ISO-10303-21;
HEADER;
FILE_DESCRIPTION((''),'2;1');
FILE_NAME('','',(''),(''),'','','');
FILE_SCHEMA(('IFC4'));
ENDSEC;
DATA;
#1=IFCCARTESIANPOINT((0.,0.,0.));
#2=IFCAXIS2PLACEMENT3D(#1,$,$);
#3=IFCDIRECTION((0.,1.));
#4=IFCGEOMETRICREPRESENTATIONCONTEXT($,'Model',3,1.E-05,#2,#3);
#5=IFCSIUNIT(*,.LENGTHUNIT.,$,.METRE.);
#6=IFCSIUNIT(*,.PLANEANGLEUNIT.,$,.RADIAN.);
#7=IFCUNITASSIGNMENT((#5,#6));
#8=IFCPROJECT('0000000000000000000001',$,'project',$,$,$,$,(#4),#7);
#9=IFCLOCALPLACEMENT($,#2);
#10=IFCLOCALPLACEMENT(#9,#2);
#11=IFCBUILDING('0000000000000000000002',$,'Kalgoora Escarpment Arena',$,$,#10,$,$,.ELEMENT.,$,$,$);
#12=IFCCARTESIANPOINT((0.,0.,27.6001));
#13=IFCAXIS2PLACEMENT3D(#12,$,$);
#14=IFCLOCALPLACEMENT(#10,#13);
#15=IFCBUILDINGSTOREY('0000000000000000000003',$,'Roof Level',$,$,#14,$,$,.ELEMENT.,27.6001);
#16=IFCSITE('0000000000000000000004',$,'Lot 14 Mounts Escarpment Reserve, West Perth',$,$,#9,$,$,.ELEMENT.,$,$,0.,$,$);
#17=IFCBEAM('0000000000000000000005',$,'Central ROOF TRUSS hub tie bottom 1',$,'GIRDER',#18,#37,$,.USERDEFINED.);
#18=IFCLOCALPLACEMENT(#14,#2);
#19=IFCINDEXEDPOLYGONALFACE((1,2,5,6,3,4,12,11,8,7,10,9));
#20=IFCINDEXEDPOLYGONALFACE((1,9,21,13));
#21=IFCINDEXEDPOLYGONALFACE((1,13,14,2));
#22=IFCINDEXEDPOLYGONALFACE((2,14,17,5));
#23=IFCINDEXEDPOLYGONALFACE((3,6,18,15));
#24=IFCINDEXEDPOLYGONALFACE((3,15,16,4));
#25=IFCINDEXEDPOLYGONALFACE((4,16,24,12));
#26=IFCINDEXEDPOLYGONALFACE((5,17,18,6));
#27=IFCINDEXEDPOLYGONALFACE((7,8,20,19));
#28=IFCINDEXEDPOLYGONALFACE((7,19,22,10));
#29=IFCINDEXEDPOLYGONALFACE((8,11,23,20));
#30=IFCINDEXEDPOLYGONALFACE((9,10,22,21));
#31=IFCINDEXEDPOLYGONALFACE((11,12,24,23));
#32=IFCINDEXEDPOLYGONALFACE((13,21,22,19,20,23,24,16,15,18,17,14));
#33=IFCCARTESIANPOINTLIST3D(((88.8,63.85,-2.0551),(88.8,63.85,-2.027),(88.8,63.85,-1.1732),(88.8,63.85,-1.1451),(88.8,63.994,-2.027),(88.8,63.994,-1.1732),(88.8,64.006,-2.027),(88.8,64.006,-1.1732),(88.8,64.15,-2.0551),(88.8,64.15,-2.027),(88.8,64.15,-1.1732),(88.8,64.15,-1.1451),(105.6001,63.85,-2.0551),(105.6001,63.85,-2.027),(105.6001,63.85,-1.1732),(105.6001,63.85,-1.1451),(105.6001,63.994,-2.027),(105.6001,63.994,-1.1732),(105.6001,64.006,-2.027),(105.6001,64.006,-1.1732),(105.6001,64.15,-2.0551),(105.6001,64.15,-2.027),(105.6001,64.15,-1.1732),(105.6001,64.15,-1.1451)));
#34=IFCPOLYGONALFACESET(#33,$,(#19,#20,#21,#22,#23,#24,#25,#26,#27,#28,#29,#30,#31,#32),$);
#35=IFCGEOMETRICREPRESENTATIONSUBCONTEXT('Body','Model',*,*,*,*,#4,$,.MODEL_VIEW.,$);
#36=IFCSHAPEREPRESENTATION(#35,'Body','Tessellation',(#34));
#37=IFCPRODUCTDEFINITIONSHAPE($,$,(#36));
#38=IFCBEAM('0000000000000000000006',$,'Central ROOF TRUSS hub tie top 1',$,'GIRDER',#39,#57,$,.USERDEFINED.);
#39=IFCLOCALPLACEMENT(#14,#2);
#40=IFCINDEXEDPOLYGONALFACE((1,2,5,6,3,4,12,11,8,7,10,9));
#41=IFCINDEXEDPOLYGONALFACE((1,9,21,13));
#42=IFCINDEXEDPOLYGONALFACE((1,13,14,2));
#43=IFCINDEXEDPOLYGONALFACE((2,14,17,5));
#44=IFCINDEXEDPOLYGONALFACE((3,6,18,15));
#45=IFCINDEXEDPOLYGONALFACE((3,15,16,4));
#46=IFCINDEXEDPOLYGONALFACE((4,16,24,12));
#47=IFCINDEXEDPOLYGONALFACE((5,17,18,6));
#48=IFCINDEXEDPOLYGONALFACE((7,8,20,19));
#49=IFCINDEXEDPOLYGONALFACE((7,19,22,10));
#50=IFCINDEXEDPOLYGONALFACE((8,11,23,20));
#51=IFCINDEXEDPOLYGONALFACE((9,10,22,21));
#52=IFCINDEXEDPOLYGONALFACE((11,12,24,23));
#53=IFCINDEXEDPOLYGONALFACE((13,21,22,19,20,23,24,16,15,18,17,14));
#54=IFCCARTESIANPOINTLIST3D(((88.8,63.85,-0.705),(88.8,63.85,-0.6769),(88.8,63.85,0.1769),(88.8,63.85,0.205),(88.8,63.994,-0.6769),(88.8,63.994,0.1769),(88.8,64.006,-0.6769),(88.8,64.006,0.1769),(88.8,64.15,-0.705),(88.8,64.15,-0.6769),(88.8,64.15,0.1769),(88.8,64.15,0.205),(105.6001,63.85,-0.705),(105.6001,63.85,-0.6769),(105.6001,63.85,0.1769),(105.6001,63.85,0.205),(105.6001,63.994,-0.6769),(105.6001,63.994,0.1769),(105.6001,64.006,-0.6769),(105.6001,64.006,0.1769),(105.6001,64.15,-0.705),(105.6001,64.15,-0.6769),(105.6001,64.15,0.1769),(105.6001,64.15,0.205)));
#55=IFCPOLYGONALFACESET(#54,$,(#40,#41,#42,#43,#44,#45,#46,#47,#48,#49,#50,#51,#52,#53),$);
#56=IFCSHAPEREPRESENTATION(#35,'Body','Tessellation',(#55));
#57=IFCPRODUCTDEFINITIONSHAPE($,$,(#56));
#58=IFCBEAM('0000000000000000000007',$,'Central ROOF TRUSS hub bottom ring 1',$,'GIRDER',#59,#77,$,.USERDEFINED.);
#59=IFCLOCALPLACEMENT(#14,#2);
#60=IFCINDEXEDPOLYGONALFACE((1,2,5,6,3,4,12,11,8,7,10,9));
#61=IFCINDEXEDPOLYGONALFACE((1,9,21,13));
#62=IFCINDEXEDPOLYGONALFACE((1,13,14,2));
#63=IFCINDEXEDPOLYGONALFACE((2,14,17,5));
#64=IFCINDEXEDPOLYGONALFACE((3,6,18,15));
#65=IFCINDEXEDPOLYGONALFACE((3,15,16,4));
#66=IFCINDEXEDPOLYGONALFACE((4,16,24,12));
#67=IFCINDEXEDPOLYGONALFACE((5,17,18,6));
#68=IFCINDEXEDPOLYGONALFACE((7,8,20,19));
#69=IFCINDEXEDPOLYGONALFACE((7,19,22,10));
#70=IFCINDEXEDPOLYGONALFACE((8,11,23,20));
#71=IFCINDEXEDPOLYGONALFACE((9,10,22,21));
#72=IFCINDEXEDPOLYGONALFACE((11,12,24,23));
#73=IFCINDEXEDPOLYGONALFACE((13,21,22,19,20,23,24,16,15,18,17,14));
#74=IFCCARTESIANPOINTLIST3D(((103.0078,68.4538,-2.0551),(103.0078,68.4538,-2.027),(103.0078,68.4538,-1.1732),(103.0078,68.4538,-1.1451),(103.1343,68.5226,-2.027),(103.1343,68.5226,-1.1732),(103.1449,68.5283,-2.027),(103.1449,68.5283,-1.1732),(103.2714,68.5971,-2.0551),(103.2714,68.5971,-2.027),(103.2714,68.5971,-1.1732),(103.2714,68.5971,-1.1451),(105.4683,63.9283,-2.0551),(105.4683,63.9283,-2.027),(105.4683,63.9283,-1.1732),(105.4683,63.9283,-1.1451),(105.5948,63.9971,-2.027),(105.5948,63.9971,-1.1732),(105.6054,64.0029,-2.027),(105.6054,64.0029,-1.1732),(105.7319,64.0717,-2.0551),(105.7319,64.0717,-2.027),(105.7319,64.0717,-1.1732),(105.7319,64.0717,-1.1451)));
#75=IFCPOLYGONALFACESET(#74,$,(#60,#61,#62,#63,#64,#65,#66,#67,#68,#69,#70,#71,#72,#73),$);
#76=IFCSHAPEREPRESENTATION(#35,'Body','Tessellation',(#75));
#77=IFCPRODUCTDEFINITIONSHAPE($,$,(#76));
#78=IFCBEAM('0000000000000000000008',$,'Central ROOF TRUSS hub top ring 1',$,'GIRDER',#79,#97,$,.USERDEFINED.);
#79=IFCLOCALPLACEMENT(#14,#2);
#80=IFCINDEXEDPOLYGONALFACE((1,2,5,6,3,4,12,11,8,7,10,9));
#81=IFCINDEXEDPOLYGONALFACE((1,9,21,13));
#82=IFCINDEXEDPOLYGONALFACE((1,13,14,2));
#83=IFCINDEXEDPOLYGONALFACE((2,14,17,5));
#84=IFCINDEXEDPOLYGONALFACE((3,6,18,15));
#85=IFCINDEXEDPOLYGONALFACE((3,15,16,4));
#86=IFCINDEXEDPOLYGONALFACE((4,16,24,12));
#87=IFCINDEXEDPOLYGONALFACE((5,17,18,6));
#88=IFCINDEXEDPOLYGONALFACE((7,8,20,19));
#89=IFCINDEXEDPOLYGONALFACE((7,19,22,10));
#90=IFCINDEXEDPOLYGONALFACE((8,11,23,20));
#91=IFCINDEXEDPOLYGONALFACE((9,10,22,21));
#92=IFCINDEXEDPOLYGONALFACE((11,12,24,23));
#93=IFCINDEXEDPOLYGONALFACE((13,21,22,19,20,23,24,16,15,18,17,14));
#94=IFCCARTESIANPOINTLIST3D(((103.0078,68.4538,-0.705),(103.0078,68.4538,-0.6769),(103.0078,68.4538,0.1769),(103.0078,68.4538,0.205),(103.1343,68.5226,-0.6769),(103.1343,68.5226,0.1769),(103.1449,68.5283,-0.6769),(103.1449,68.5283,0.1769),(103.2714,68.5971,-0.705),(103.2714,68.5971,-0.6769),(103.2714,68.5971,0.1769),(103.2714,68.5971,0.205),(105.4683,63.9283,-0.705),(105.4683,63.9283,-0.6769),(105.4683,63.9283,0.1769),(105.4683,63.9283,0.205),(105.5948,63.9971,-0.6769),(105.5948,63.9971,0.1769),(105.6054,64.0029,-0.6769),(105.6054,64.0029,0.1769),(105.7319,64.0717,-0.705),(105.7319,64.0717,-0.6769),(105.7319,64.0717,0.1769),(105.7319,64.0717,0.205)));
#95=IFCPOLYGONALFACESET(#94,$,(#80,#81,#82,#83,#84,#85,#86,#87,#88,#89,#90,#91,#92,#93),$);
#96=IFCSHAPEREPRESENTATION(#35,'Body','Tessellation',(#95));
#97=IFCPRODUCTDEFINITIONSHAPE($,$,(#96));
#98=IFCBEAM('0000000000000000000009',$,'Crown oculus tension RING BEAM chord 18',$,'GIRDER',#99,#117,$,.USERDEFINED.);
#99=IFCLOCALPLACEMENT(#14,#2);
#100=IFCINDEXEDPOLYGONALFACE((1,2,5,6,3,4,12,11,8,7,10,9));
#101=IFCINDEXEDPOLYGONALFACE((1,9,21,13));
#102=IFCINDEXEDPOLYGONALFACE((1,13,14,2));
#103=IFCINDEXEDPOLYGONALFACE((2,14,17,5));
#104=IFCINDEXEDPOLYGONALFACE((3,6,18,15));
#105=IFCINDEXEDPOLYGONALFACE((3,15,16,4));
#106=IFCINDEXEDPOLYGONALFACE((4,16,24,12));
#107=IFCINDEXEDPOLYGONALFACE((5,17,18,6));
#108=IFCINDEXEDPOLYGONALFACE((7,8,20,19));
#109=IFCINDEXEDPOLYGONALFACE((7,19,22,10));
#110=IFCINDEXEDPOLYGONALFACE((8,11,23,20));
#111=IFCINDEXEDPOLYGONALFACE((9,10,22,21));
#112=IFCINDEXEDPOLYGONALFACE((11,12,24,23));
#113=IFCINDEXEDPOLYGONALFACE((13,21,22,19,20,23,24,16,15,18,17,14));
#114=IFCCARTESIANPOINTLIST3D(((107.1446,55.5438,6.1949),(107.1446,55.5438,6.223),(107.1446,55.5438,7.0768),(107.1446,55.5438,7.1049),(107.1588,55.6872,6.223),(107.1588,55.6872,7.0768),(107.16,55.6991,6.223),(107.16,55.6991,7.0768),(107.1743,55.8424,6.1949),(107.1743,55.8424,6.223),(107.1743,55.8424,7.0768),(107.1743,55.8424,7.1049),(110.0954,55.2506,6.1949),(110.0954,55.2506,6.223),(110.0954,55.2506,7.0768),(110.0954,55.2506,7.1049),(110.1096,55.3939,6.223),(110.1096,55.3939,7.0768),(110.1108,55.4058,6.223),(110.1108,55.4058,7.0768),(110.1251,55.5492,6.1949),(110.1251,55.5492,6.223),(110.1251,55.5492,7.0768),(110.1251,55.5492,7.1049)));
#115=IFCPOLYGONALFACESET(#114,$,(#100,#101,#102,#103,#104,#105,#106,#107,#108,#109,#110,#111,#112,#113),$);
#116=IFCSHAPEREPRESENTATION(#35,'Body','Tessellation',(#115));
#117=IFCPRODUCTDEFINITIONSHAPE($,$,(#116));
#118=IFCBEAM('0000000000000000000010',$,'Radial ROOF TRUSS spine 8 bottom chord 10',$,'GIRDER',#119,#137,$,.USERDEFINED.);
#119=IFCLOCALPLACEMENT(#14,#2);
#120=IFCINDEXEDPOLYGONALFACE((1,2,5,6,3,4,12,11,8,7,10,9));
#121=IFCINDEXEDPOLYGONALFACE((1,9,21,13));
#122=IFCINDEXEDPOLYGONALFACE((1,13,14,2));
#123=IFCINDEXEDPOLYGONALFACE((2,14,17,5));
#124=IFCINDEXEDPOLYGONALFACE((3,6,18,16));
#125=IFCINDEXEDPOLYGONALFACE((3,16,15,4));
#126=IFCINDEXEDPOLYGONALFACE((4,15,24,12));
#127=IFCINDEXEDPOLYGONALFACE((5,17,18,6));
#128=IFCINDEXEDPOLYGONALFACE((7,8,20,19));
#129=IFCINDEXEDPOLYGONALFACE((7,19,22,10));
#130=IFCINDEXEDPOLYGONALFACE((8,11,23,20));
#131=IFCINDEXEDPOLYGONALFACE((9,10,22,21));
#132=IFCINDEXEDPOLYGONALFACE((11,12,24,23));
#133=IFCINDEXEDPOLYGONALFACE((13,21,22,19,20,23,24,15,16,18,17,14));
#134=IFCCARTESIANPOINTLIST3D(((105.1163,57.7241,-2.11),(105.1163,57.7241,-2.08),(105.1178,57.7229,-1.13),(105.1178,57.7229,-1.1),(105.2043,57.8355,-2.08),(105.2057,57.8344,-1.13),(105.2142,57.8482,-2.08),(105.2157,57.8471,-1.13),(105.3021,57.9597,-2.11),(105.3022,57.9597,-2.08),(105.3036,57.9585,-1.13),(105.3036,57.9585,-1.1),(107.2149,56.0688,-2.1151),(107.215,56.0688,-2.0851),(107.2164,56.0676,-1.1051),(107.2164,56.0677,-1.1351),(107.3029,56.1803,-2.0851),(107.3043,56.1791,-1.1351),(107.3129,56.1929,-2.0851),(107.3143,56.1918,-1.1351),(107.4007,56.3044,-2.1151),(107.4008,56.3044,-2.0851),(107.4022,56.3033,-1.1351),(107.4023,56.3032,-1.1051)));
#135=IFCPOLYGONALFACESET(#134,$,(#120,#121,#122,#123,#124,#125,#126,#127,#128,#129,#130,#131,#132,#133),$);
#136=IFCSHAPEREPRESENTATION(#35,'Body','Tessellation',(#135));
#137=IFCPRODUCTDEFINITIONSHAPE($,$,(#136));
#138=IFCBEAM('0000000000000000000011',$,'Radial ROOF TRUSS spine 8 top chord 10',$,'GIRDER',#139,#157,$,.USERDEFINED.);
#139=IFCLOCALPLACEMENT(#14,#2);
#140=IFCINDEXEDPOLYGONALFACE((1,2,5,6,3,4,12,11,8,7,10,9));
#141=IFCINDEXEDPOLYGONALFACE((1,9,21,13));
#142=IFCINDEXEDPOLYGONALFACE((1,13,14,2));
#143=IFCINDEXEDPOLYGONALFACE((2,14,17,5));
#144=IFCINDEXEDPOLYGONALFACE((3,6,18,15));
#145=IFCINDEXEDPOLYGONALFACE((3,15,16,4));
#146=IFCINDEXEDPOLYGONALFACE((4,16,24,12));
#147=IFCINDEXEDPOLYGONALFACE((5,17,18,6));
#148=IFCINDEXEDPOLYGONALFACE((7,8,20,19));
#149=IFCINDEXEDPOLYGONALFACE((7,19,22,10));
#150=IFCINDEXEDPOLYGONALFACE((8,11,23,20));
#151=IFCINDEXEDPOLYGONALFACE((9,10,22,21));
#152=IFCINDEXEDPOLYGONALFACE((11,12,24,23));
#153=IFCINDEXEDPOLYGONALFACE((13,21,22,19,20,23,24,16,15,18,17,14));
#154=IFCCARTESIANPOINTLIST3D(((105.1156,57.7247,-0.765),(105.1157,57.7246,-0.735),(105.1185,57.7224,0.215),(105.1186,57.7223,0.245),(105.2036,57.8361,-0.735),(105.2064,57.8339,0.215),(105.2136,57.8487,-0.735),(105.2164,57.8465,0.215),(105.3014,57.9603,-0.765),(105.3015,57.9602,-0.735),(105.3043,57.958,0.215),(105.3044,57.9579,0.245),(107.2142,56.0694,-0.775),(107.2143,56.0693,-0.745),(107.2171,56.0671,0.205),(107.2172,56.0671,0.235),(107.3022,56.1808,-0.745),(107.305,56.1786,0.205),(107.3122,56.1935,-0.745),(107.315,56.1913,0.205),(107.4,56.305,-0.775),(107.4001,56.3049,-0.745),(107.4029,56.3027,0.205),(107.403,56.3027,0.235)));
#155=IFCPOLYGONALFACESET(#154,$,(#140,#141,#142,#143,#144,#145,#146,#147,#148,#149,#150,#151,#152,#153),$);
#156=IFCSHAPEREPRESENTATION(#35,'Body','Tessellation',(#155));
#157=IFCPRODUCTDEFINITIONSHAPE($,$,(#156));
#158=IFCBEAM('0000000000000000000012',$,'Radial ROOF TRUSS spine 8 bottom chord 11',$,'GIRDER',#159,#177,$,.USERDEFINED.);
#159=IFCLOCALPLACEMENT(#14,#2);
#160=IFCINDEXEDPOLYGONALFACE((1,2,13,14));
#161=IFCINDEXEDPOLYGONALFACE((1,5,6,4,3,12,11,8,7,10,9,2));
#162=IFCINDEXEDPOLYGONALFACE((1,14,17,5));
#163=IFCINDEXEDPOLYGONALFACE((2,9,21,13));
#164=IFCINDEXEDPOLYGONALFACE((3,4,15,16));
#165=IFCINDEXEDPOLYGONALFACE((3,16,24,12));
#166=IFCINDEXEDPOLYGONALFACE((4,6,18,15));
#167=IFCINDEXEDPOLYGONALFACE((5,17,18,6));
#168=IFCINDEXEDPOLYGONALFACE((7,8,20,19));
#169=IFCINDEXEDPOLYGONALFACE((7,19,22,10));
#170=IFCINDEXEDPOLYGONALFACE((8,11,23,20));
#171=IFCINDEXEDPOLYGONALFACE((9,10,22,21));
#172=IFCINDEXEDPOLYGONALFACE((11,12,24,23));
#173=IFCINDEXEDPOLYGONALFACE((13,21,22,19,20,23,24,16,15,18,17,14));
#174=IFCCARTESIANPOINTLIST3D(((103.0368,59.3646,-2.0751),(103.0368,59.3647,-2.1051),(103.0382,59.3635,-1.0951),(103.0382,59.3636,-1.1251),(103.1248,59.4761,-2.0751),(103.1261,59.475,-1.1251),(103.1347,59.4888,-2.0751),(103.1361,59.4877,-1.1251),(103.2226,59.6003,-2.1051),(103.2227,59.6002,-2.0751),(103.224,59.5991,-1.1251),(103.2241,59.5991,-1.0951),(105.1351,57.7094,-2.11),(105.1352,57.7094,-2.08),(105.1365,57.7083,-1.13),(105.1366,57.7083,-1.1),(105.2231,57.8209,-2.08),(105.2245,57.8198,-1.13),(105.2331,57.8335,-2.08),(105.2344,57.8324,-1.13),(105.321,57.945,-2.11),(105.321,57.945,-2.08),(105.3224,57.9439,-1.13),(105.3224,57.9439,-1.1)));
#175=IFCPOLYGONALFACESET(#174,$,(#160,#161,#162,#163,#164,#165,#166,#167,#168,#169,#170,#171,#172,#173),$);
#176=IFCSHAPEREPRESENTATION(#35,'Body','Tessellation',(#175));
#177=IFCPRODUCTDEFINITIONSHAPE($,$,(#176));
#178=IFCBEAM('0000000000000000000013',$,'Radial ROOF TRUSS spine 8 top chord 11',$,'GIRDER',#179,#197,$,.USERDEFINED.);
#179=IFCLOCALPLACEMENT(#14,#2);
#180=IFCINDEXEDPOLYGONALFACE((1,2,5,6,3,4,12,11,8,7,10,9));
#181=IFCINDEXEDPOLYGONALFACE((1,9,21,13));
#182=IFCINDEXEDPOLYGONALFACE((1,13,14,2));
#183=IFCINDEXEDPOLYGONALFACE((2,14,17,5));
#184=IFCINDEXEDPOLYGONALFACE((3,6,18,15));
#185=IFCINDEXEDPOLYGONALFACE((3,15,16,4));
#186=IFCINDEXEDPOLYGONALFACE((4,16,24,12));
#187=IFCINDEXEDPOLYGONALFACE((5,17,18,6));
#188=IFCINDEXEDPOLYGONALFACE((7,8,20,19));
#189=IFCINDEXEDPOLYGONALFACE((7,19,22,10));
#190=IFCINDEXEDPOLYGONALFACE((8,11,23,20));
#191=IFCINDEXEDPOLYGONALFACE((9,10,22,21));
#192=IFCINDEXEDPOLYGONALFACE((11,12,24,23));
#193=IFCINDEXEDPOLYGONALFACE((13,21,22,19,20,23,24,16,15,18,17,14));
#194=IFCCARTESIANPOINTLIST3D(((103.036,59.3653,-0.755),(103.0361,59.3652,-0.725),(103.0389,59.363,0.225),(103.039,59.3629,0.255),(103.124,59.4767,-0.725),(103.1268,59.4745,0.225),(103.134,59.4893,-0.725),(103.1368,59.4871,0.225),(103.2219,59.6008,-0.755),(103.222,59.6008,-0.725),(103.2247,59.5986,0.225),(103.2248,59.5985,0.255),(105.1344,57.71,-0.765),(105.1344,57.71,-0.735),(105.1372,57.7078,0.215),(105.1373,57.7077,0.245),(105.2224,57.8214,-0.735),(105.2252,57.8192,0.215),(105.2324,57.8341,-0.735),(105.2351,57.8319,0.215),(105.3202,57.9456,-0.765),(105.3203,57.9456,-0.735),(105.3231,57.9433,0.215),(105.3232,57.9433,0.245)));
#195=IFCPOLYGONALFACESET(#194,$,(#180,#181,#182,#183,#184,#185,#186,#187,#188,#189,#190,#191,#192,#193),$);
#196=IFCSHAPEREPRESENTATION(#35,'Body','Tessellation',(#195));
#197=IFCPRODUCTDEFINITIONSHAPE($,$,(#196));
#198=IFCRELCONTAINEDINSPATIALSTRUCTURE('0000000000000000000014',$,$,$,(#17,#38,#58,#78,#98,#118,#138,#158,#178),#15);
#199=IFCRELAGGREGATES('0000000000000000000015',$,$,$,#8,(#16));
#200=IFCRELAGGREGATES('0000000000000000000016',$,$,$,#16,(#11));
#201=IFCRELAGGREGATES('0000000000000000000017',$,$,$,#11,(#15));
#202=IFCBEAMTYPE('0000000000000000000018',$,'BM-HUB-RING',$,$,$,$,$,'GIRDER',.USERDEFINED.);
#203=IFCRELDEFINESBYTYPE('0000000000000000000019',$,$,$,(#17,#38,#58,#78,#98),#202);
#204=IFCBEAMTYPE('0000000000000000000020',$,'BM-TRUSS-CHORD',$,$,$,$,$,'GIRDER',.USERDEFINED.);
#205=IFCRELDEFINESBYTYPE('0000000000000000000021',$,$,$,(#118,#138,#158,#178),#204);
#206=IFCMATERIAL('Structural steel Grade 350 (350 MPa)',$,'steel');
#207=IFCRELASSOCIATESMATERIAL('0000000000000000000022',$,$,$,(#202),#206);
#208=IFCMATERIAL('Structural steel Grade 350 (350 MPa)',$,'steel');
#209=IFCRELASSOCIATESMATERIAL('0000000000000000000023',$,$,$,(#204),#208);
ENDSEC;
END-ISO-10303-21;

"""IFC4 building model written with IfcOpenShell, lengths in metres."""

from ifc_helpers import new_model, si_unit, direction, frame, origin, origin_2d, place, context, subcontext, project, spatial, i_section, extrude, material, material_profile, profile_set, type_object, element, save


model = new_model("IFC4")

# Units and contexts
model_context = context("Model", 3, precision=1e-05, world=origin(), true_north=direction((0.0, 1.0)))
body_context = subcontext(model_context, "Body", "Model", "MODEL_VIEW")
ifc_project = project(units=[si_unit("LENGTHUNIT", "METRE"), si_unit("PLANEANGLEUNIT", "RADIAN")], contexts=[model_context])

# Site, building, storey
site_placement = place(None, origin())
site = spatial("IfcSite", under=ifc_project, at=site_placement, Name="Lot 14 Mounts Escarpment Reserve, West Perth", CompositionType="ELEMENT", RefElevation=0.0)
building_placement = place(site_placement, origin())
building = spatial("IfcBuilding", under=site, at=building_placement, Name="Kalgoora Escarpment Arena", CompositionType="ELEMENT")
storey_placement = place(building_placement, frame((0.0, 0.0, 27.6001)))
storey = spatial("IfcBuildingStorey", under=building, at=storey_placement, Name="Roof Level", CompositionType="ELEMENT", Elevation=27.6001)

# Beams
ifc_material_1 = material(Name="Structural steel Grade 350 (350 MPa)", Category="steel")
ifc_material_profile_1 = material_profile(ifc_material_1, i_section(OverallWidth=0.3, OverallDepth=0.9099, WebThickness=0.012, FlangeThickness=0.0281, at=origin_2d()))
ifc_profile_set_1 = profile_set([ifc_material_profile_1], Name="Structural steel Grade 350 (350 MPa)")
beam_type_1 = type_object("IfcBeamType", Name="BM-HUB-RING", ElementType="GIRDER", PredefinedType="USERDEFINED", material=ifc_profile_set_1)
for number, where, z_axis, x_axis, name in (
    (1, (105.6001, 64.0, -1.6001), (-1.0, 0.0, 0.0), (0.0, -1.0, 0.0), "Central ROOF TRUSS hub tie bottom 1"),
    (2, (105.6001, 64.0, -0.25), (-1.0, 0.0, 0.0), (0.0, -1.0, 0.0), "Central ROOF TRUSS hub tie top 1"),
):
    element("IfcBeam", number, at=place(storey_placement, frame(where, z_axis=z_axis, x_axis=x_axis)), inside=storey, type_object=beam_type_1, Name=name, ObjectType="GIRDER", PredefinedType="USERDEFINED", context=body_context, shape_type="SweptSolid", body=[
        extrude(i_section(OverallWidth=0.3, OverallDepth=0.9099, WebThickness=0.012, FlangeThickness=0.0281, at=origin_2d()), origin(), (0.0, 0.0, 1.0), 16.8),
    ])
for number, where, z_axis, x_axis, name in (
    (3, (105.6001, 64.0, -1.6001), (-0.477663, 0.878543, 0.0), (-0.878543, -0.477663, 0.0), "Central ROOF TRUSS hub bottom ring 1"),
    (4, (105.6001, 64.0, -0.25), (-0.477663, 0.878543, 0.0), (-0.878543, -0.477663, 0.0), "Central ROOF TRUSS hub top ring 1"),
):
    element("IfcBeam", number, at=place(storey_placement, frame(where, z_axis=z_axis, x_axis=x_axis)), inside=storey, type_object=beam_type_1, Name=name, ObjectType="GIRDER", PredefinedType="USERDEFINED", context=body_context, shape_type="SweptSolid", body=[
        extrude(i_section(OverallWidth=0.3, OverallDepth=0.9099, WebThickness=0.012, FlangeThickness=0.0281, at=origin_2d()), origin(), (0.0, 0.0, 1.0), 5.1511),
    ])
beam_placement = place(storey_placement, frame((107.1594, 55.6931, 6.6499), z_axis=(0.995099, -0.098884, 0.0), x_axis=(0.098884, 0.995099, 0.0)))
element("IfcBeam", 5, at=beam_placement, inside=storey, type_object=beam_type_1, Name="Crown oculus tension RING BEAM chord 18", ObjectType="GIRDER", PredefinedType="USERDEFINED", context=body_context, shape_type="SweptSolid", body=[
    extrude(i_section(OverallWidth=0.3, OverallDepth=0.9099, WebThickness=0.012, FlangeThickness=0.0281, at=origin_2d()), origin(), (0.0, 0.0, 1.0), 2.9653),
])
ifc_material_2 = material(Name="Structural steel Grade 350 (350 MPa)", Category="steel")
ifc_material_profile_2 = material_profile(ifc_material_2, i_section(OverallWidth=0.3, OverallDepth=1.01, WebThickness=0.0161, FlangeThickness=0.03, at=origin_2d()))
ifc_profile_set_2 = profile_set([ifc_material_profile_2], Name="Structural steel Grade 350 (350 MPa)")
beam_type_2 = type_object("IfcBeamType", Name="BM-TRUSS-CHORD", ElementType="GIRDER", PredefinedType="USERDEFINED", material=ifc_profile_set_2)
for number, where, z_axis, x_axis, name in (
    (6, (107.3086, 56.186, -1.6101), (-0.785162, 0.619288, 0.001918), (-0.619289, -0.785163, 0.0), "Radial ROOF TRUSS spine 8 bottom chord 10"),
    (7, (107.3086, 56.186, -0.27), (-0.785158, 0.619284, 0.003745), (-0.619289, -0.785163, 0.0), "Radial ROOF TRUSS spine 8 top chord 10"),
):
    element("IfcBeam", number, at=place(storey_placement, frame(where, z_axis=z_axis, x_axis=x_axis)), inside=storey, type_object=beam_type_2, Name=name, ObjectType="GIRDER", PredefinedType="USERDEFINED", context=body_context, shape_type="SweptSolid", body=[
        extrude(i_section(OverallWidth=0.3, OverallDepth=1.01, WebThickness=0.0161, FlangeThickness=0.03, at=origin_2d()), origin(), (0.0, 0.0, 1.0), 2.6729),
    ])
for number, where, z_axis, x_axis, name in (
    (8, (105.2288, 57.8267, -1.605), (-0.785127, 0.619332, 0.001827), (-0.619333, -0.785128, 0.0), "Radial ROOF TRUSS spine 8 bottom chord 11"),
    (9, (105.2288, 57.8267, -0.26), (-0.785123, 0.619329, 0.003745), (-0.619333, -0.785128, 0.0), "Radial ROOF TRUSS spine 8 top chord 11"),
):
    element("IfcBeam", number, at=place(storey_placement, frame(where, z_axis=z_axis, x_axis=x_axis)), inside=storey, type_object=beam_type_2, Name=name, ObjectType="GIRDER", PredefinedType="USERDEFINED", context=body_context, shape_type="SweptSolid", body=[
        extrude(i_section(OverallWidth=0.3, OverallDepth=1.01, WebThickness=0.0161, FlangeThickness=0.03, at=origin_2d()), origin(), (0.0, 0.0, 1.0), 2.6726),
    ])

save(model, "model.ifc")
